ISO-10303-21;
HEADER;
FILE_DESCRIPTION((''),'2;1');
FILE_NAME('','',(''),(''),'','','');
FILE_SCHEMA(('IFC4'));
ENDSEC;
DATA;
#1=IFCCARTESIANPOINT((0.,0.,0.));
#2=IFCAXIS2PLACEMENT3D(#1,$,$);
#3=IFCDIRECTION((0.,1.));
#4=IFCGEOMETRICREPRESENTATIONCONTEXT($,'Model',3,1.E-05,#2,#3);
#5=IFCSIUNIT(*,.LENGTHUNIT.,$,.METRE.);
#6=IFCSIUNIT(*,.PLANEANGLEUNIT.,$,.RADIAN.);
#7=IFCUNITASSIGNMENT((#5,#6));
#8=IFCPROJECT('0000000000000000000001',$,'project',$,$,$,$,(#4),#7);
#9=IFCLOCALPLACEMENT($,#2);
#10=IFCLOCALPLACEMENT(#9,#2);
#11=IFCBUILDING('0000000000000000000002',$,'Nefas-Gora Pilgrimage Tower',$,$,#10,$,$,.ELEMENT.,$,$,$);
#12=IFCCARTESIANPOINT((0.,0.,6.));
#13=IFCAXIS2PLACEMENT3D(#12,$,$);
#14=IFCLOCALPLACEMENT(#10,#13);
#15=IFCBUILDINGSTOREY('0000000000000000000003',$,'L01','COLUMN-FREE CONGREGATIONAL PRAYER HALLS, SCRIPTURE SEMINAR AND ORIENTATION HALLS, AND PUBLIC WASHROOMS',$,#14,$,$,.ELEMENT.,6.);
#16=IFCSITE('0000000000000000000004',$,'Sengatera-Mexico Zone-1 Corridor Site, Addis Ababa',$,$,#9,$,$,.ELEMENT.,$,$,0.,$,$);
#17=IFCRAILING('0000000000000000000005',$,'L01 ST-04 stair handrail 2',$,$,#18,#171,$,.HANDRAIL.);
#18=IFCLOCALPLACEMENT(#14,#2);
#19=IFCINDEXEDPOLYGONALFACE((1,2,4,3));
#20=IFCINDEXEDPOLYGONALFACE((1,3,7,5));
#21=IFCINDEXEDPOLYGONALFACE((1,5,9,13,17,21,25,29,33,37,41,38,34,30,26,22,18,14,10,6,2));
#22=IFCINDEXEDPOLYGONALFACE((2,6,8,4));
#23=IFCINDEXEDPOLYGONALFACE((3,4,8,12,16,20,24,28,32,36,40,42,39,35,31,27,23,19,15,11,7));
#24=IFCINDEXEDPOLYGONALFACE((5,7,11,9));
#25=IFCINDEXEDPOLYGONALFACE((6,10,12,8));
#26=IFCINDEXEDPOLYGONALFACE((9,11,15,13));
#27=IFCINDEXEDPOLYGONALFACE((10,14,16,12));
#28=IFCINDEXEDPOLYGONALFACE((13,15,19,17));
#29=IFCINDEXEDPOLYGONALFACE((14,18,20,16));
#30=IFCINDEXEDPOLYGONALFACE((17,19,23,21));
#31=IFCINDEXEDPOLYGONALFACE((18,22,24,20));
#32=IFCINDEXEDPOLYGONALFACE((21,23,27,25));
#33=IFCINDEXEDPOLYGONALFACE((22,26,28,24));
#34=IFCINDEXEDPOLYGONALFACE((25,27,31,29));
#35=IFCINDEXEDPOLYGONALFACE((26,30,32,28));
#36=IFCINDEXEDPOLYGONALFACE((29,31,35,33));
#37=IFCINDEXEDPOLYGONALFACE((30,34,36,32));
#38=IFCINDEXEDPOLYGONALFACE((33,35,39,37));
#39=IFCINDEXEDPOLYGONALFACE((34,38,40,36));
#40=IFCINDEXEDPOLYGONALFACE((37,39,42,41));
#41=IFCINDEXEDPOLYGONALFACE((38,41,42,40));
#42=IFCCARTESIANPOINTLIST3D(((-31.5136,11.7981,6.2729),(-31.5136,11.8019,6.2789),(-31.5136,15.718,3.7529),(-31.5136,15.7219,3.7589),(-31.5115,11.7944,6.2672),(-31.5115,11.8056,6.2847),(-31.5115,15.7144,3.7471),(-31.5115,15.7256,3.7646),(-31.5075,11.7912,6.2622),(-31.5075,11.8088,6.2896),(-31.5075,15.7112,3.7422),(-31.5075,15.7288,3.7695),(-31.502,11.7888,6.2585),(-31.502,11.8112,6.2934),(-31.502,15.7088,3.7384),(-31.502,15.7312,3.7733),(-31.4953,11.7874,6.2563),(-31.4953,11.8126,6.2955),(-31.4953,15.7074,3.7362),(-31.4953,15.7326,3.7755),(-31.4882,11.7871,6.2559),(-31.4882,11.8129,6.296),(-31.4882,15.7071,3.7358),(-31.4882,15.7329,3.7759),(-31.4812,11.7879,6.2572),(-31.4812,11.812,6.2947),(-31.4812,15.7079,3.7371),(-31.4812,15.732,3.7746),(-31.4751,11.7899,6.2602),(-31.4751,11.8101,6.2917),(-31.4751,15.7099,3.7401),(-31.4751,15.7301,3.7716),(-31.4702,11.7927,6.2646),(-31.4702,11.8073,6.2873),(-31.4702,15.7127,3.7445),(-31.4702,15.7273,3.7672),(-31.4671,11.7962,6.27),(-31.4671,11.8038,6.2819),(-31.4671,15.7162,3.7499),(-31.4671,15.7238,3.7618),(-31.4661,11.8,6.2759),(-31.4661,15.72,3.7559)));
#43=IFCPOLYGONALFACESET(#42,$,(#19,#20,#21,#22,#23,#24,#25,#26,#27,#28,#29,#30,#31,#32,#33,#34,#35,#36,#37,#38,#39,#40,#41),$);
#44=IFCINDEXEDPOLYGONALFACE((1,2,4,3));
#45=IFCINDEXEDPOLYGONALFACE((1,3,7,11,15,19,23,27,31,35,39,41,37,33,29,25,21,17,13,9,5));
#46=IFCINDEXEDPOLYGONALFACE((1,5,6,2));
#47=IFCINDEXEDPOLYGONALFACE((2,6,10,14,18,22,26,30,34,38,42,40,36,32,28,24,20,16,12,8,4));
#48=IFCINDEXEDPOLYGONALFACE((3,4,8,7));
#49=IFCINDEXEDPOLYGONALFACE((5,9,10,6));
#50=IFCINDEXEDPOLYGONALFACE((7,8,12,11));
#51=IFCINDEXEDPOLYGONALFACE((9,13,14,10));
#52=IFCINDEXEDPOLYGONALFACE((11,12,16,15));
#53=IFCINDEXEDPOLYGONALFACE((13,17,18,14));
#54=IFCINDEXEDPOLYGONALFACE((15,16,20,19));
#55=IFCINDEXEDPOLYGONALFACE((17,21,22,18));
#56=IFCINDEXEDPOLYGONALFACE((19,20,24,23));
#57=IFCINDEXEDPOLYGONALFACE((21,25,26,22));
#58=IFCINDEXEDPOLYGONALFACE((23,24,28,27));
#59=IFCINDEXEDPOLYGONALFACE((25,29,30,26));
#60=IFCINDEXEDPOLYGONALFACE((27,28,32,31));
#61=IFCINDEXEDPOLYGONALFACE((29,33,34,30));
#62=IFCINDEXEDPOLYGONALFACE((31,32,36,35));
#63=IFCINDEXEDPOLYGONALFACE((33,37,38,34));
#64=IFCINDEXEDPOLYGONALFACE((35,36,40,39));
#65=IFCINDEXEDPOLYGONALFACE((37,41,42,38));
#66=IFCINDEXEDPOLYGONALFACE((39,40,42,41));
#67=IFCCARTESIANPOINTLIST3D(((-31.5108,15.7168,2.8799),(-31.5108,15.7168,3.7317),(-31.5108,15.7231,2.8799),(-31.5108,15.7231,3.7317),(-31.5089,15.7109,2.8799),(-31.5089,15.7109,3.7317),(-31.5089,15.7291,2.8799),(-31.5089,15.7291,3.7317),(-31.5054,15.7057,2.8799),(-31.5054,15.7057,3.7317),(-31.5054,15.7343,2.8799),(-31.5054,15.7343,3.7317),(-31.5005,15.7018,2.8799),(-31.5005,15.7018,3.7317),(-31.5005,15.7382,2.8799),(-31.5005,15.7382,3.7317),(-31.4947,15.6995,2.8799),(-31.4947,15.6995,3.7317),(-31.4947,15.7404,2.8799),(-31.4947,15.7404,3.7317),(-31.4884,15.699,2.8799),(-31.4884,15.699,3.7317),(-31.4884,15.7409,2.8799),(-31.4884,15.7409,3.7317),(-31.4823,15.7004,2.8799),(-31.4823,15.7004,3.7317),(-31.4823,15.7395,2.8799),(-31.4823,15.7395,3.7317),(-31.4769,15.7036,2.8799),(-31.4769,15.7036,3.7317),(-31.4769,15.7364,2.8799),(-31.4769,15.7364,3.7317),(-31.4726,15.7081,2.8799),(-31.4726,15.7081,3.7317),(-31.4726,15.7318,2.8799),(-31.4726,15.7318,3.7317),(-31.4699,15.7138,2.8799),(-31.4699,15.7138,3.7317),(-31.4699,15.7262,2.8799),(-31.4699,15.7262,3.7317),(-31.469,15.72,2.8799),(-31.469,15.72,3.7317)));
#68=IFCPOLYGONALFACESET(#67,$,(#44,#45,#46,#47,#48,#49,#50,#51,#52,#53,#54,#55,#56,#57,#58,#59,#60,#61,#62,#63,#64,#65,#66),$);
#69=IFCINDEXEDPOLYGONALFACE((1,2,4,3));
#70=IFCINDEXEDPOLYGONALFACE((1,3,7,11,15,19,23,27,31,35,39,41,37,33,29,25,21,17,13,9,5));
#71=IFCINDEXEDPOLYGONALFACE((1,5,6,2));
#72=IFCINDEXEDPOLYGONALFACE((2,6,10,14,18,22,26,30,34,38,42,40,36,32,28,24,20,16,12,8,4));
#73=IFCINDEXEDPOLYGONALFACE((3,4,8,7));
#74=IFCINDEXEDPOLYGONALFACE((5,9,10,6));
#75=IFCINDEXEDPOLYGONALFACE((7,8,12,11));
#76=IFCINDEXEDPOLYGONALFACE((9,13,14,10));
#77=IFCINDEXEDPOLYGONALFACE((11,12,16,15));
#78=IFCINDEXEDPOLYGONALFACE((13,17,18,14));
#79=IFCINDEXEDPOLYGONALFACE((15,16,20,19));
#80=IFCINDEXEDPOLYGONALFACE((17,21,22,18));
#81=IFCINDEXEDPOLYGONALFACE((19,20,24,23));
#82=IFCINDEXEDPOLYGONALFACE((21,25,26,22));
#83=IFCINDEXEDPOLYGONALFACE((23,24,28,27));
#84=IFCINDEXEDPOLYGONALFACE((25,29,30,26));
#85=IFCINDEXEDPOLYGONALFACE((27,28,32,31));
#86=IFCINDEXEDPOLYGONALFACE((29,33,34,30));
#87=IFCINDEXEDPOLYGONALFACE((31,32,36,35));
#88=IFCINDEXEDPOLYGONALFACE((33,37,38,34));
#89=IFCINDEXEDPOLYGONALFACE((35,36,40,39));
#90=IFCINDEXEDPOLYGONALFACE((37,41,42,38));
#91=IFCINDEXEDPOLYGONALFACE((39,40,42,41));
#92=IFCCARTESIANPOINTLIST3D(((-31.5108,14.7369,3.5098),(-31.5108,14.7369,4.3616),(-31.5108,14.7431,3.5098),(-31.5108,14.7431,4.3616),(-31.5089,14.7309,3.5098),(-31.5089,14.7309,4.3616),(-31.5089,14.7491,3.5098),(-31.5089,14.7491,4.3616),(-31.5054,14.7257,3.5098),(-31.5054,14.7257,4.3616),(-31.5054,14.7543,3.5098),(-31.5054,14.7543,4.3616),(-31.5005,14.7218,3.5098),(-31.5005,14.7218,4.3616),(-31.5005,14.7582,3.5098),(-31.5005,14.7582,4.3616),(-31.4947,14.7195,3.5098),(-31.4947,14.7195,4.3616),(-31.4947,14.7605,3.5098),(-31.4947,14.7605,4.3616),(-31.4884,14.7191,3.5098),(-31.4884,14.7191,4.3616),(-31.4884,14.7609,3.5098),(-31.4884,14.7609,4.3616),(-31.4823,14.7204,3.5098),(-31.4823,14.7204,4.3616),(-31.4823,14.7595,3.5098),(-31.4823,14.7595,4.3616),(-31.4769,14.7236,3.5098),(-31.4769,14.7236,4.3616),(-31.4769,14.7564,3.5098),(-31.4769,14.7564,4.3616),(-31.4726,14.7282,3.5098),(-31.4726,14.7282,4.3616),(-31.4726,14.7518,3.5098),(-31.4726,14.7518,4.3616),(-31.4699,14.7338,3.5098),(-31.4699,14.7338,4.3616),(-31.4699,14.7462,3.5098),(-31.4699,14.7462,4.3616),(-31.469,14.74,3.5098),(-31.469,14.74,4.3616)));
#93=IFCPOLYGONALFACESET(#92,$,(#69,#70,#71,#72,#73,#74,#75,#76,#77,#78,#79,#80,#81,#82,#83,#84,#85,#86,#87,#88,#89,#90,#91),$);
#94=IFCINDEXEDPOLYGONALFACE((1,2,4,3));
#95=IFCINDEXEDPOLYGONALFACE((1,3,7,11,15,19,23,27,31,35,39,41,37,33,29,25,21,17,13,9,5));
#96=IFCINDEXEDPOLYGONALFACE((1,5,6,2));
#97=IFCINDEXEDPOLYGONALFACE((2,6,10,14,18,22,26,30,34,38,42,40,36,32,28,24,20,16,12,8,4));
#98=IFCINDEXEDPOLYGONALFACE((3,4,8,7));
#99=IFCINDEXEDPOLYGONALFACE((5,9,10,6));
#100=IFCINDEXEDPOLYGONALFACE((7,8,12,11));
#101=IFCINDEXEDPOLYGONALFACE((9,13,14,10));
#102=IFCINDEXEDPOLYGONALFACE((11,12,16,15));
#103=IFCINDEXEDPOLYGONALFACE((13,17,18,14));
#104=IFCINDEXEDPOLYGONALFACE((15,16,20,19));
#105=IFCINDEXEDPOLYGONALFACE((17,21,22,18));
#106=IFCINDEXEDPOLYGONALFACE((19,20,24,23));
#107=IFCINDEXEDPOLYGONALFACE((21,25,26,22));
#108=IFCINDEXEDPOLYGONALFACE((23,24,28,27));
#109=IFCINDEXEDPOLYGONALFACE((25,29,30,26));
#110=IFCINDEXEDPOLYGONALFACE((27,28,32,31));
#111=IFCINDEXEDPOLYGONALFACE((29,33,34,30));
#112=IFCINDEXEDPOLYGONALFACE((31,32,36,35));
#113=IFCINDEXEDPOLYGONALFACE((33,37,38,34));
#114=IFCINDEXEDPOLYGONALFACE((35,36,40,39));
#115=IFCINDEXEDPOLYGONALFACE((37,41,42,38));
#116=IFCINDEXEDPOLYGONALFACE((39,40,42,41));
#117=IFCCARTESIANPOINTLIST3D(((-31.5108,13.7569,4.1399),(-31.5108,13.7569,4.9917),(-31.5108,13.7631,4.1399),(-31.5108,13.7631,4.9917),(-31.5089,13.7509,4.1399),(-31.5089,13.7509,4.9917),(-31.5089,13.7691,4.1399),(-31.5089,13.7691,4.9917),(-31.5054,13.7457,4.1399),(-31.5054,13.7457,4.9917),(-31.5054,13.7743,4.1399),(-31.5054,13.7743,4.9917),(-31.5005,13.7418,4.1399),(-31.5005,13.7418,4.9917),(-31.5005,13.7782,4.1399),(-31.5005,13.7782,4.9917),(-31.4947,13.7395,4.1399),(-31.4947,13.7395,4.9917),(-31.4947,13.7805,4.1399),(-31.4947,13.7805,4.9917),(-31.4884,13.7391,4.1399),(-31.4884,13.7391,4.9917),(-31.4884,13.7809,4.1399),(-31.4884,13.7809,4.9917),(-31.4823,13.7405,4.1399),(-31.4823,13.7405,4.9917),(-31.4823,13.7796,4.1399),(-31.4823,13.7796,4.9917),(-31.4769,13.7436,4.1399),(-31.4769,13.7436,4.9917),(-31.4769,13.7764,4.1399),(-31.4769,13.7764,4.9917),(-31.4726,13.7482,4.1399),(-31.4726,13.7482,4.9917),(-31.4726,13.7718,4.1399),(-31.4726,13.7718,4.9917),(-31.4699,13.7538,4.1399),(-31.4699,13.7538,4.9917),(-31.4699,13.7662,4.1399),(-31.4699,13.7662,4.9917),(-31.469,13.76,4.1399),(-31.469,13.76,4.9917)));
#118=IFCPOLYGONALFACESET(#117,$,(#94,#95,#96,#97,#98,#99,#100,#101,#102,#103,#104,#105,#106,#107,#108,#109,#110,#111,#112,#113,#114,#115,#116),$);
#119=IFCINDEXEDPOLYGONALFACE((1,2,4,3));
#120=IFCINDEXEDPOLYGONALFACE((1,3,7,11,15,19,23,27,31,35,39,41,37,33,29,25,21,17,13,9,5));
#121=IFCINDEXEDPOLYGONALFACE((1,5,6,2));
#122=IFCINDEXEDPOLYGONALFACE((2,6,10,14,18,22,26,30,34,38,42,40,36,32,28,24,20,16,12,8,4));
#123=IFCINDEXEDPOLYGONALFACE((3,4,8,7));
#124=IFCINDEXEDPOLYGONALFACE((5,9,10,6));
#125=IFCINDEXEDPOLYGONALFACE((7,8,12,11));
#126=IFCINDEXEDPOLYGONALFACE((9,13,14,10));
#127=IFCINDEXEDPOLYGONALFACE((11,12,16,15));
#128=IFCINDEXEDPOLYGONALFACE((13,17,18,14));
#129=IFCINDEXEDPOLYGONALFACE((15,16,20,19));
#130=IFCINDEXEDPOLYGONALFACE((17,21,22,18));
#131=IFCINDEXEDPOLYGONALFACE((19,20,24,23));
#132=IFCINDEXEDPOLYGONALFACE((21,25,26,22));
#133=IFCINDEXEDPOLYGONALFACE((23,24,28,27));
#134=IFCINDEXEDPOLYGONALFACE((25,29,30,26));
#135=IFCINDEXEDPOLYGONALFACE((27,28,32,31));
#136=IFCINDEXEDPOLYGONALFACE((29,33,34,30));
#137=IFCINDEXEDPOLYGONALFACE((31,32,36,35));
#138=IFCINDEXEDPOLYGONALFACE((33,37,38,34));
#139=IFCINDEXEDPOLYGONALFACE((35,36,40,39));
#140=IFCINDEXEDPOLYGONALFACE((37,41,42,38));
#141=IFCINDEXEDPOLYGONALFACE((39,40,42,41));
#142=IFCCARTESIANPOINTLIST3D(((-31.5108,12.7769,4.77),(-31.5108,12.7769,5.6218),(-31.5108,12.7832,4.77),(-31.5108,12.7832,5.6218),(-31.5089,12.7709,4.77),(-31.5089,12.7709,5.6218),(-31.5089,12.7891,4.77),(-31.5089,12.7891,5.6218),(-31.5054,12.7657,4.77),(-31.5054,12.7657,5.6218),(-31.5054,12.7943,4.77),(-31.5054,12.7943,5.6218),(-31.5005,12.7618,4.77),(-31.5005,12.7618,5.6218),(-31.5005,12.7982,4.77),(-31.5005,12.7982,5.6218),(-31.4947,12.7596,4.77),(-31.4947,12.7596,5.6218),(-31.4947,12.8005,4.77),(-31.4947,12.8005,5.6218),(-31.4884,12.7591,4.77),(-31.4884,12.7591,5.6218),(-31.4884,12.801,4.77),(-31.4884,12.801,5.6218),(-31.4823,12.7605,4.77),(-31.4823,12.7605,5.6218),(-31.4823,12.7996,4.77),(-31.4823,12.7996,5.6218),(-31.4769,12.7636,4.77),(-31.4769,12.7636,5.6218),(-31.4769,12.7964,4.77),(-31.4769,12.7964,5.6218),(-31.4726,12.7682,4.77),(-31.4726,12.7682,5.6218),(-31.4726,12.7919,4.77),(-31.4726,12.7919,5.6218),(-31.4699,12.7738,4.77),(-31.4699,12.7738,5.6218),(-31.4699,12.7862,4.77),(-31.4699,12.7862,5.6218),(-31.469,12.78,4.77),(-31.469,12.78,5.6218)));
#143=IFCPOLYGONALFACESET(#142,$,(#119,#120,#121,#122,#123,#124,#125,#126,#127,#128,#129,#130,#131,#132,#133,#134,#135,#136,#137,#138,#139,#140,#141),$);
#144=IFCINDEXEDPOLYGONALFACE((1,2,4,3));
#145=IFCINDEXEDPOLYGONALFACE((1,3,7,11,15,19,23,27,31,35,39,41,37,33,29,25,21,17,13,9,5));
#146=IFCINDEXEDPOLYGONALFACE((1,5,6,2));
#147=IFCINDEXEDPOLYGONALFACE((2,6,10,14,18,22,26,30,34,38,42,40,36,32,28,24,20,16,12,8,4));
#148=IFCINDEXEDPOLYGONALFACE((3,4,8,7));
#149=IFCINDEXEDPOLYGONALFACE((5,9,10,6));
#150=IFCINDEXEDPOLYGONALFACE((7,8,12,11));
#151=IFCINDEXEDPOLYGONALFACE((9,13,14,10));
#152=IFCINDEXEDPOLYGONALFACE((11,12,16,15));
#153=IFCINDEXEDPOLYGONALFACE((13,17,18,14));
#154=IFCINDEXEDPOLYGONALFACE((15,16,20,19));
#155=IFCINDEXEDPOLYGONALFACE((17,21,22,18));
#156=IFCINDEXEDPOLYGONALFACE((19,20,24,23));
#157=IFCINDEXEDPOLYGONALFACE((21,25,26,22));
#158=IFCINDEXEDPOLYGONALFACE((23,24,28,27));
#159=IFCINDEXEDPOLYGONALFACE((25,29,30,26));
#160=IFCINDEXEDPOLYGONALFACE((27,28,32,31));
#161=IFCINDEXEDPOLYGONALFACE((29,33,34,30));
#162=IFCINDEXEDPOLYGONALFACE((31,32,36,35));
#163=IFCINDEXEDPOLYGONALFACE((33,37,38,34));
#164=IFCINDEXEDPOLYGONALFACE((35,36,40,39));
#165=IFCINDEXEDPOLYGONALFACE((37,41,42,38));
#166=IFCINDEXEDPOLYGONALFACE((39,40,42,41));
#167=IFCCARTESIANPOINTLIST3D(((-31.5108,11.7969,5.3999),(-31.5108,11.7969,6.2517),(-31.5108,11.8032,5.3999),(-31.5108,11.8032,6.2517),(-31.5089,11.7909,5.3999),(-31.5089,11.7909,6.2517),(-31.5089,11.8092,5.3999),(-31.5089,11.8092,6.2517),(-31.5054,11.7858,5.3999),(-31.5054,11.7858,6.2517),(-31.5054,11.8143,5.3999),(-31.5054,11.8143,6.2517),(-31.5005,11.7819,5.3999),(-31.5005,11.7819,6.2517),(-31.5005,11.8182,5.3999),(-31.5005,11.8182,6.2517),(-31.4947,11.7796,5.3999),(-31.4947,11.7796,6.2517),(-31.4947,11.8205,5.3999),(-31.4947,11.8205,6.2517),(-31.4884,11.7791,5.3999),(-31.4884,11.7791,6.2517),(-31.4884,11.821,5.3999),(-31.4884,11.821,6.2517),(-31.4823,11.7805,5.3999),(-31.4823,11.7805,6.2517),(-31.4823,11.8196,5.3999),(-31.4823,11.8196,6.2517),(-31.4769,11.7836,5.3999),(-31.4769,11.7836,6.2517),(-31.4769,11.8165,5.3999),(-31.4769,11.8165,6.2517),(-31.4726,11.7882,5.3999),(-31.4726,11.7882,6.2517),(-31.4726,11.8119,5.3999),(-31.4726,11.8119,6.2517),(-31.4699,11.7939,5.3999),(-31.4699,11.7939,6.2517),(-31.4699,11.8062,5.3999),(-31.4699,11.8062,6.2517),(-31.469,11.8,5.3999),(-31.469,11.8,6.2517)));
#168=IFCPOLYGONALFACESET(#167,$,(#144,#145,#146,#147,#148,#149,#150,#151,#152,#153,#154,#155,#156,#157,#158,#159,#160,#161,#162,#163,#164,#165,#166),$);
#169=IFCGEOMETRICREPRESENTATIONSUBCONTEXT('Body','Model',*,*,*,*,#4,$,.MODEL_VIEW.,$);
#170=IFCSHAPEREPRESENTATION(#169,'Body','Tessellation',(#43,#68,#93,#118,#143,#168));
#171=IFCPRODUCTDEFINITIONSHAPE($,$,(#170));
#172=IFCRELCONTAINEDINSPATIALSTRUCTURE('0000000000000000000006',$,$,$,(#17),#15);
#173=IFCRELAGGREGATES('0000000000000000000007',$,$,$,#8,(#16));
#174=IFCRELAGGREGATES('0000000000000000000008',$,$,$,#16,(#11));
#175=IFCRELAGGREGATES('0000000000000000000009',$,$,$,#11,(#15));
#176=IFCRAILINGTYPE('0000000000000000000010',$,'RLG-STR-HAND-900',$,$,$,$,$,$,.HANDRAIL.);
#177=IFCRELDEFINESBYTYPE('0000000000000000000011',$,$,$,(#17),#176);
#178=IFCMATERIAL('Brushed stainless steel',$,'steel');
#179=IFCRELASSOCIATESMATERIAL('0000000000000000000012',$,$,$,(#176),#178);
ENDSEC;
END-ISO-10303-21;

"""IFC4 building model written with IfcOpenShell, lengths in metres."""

from ifc_helpers import new_model, si_unit, direction, frame, origin, origin_2d, place, context, subcontext, project, spatial, circle, extrude, material, type_object, element, save


model = new_model("IFC4")

# Units and contexts
model_context = context("Model", 3, precision=1e-05, world=origin(), true_north=direction((0.0, 1.0)))
body_context = subcontext(model_context, "Body", "Model", "MODEL_VIEW")
ifc_project = project(units=[si_unit("LENGTHUNIT", "METRE"), si_unit("PLANEANGLEUNIT", "RADIAN")], contexts=[model_context])

# Site, building, storey
site_placement = place(None, origin())
site = spatial("IfcSite", under=ifc_project, at=site_placement, Name="Sengatera-Mexico Zone-1 Corridor Site, Addis Ababa", CompositionType="ELEMENT", RefElevation=0.0)
building_placement = place(site_placement, origin())
building = spatial("IfcBuilding", under=site, at=building_placement, Name="Nefas-Gora Pilgrimage Tower", CompositionType="ELEMENT")
storey_placement = place(building_placement, frame((0.0, 0.0, 6.0)))
storey = spatial("IfcBuildingStorey", under=building, at=storey_placement, Name="L01", Description="COLUMN-FREE CONGREGATIONAL PRAYER HALLS, SCRIPTURE SEMINAR AND ORIENTATION HALLS, AND PUBLIC WASHROOMS", CompositionType="ELEMENT", Elevation=6.0)

# Railing
ifc_material_1 = material(Name="Brushed stainless steel", Category="steel")
railing_type_1 = type_object("IfcRailingType", Name="RLG-STR-HAND-900", PredefinedType="HANDRAIL", material=ifc_material_1)
railing_1_placement = place(storey_placement, frame((-31.49, 15.72, 2.8799)))
element("IfcRailing", 1, at=railing_1_placement, inside=storey, type_object=railing_type_1, Name="L01 ST-04 stair handrail 2", PredefinedType="HANDRAIL", context=body_context, shape_type="SweptSolid", body=[
    extrude(circle(Radius=0.0239, at=origin_2d()), frame((0.0, 0.0, 0.876), z_axis=(0.0, -0.841172, 0.540768), x_axis=(1.0, 0.0, 0.0)), (0.0, 0.0, 1.0), 4.6602),
    extrude(circle(Radius=0.021, at=origin_2d()), origin(), (0.0, 0.0, 1.0), 0.8518),
    extrude(circle(Radius=0.021, at=origin_2d()), frame((0.0, -0.98, 0.6299)), (0.0, 0.0, 1.0), 0.8518),
    extrude(circle(Radius=0.021, at=origin_2d()), frame((0.0, -1.96, 1.26)), (0.0, 0.0, 1.0), 0.8518),
    extrude(circle(Radius=0.021, at=origin_2d()), frame((0.0, -2.9399, 1.8901)), (0.0, 0.0, 1.0), 0.8518),
    extrude(circle(Radius=0.021, at=origin_2d()), frame((0.0, -3.9199, 2.52)), (0.0, 0.0, 1.0), 0.8518),
])

save(model, "model.ifc")
